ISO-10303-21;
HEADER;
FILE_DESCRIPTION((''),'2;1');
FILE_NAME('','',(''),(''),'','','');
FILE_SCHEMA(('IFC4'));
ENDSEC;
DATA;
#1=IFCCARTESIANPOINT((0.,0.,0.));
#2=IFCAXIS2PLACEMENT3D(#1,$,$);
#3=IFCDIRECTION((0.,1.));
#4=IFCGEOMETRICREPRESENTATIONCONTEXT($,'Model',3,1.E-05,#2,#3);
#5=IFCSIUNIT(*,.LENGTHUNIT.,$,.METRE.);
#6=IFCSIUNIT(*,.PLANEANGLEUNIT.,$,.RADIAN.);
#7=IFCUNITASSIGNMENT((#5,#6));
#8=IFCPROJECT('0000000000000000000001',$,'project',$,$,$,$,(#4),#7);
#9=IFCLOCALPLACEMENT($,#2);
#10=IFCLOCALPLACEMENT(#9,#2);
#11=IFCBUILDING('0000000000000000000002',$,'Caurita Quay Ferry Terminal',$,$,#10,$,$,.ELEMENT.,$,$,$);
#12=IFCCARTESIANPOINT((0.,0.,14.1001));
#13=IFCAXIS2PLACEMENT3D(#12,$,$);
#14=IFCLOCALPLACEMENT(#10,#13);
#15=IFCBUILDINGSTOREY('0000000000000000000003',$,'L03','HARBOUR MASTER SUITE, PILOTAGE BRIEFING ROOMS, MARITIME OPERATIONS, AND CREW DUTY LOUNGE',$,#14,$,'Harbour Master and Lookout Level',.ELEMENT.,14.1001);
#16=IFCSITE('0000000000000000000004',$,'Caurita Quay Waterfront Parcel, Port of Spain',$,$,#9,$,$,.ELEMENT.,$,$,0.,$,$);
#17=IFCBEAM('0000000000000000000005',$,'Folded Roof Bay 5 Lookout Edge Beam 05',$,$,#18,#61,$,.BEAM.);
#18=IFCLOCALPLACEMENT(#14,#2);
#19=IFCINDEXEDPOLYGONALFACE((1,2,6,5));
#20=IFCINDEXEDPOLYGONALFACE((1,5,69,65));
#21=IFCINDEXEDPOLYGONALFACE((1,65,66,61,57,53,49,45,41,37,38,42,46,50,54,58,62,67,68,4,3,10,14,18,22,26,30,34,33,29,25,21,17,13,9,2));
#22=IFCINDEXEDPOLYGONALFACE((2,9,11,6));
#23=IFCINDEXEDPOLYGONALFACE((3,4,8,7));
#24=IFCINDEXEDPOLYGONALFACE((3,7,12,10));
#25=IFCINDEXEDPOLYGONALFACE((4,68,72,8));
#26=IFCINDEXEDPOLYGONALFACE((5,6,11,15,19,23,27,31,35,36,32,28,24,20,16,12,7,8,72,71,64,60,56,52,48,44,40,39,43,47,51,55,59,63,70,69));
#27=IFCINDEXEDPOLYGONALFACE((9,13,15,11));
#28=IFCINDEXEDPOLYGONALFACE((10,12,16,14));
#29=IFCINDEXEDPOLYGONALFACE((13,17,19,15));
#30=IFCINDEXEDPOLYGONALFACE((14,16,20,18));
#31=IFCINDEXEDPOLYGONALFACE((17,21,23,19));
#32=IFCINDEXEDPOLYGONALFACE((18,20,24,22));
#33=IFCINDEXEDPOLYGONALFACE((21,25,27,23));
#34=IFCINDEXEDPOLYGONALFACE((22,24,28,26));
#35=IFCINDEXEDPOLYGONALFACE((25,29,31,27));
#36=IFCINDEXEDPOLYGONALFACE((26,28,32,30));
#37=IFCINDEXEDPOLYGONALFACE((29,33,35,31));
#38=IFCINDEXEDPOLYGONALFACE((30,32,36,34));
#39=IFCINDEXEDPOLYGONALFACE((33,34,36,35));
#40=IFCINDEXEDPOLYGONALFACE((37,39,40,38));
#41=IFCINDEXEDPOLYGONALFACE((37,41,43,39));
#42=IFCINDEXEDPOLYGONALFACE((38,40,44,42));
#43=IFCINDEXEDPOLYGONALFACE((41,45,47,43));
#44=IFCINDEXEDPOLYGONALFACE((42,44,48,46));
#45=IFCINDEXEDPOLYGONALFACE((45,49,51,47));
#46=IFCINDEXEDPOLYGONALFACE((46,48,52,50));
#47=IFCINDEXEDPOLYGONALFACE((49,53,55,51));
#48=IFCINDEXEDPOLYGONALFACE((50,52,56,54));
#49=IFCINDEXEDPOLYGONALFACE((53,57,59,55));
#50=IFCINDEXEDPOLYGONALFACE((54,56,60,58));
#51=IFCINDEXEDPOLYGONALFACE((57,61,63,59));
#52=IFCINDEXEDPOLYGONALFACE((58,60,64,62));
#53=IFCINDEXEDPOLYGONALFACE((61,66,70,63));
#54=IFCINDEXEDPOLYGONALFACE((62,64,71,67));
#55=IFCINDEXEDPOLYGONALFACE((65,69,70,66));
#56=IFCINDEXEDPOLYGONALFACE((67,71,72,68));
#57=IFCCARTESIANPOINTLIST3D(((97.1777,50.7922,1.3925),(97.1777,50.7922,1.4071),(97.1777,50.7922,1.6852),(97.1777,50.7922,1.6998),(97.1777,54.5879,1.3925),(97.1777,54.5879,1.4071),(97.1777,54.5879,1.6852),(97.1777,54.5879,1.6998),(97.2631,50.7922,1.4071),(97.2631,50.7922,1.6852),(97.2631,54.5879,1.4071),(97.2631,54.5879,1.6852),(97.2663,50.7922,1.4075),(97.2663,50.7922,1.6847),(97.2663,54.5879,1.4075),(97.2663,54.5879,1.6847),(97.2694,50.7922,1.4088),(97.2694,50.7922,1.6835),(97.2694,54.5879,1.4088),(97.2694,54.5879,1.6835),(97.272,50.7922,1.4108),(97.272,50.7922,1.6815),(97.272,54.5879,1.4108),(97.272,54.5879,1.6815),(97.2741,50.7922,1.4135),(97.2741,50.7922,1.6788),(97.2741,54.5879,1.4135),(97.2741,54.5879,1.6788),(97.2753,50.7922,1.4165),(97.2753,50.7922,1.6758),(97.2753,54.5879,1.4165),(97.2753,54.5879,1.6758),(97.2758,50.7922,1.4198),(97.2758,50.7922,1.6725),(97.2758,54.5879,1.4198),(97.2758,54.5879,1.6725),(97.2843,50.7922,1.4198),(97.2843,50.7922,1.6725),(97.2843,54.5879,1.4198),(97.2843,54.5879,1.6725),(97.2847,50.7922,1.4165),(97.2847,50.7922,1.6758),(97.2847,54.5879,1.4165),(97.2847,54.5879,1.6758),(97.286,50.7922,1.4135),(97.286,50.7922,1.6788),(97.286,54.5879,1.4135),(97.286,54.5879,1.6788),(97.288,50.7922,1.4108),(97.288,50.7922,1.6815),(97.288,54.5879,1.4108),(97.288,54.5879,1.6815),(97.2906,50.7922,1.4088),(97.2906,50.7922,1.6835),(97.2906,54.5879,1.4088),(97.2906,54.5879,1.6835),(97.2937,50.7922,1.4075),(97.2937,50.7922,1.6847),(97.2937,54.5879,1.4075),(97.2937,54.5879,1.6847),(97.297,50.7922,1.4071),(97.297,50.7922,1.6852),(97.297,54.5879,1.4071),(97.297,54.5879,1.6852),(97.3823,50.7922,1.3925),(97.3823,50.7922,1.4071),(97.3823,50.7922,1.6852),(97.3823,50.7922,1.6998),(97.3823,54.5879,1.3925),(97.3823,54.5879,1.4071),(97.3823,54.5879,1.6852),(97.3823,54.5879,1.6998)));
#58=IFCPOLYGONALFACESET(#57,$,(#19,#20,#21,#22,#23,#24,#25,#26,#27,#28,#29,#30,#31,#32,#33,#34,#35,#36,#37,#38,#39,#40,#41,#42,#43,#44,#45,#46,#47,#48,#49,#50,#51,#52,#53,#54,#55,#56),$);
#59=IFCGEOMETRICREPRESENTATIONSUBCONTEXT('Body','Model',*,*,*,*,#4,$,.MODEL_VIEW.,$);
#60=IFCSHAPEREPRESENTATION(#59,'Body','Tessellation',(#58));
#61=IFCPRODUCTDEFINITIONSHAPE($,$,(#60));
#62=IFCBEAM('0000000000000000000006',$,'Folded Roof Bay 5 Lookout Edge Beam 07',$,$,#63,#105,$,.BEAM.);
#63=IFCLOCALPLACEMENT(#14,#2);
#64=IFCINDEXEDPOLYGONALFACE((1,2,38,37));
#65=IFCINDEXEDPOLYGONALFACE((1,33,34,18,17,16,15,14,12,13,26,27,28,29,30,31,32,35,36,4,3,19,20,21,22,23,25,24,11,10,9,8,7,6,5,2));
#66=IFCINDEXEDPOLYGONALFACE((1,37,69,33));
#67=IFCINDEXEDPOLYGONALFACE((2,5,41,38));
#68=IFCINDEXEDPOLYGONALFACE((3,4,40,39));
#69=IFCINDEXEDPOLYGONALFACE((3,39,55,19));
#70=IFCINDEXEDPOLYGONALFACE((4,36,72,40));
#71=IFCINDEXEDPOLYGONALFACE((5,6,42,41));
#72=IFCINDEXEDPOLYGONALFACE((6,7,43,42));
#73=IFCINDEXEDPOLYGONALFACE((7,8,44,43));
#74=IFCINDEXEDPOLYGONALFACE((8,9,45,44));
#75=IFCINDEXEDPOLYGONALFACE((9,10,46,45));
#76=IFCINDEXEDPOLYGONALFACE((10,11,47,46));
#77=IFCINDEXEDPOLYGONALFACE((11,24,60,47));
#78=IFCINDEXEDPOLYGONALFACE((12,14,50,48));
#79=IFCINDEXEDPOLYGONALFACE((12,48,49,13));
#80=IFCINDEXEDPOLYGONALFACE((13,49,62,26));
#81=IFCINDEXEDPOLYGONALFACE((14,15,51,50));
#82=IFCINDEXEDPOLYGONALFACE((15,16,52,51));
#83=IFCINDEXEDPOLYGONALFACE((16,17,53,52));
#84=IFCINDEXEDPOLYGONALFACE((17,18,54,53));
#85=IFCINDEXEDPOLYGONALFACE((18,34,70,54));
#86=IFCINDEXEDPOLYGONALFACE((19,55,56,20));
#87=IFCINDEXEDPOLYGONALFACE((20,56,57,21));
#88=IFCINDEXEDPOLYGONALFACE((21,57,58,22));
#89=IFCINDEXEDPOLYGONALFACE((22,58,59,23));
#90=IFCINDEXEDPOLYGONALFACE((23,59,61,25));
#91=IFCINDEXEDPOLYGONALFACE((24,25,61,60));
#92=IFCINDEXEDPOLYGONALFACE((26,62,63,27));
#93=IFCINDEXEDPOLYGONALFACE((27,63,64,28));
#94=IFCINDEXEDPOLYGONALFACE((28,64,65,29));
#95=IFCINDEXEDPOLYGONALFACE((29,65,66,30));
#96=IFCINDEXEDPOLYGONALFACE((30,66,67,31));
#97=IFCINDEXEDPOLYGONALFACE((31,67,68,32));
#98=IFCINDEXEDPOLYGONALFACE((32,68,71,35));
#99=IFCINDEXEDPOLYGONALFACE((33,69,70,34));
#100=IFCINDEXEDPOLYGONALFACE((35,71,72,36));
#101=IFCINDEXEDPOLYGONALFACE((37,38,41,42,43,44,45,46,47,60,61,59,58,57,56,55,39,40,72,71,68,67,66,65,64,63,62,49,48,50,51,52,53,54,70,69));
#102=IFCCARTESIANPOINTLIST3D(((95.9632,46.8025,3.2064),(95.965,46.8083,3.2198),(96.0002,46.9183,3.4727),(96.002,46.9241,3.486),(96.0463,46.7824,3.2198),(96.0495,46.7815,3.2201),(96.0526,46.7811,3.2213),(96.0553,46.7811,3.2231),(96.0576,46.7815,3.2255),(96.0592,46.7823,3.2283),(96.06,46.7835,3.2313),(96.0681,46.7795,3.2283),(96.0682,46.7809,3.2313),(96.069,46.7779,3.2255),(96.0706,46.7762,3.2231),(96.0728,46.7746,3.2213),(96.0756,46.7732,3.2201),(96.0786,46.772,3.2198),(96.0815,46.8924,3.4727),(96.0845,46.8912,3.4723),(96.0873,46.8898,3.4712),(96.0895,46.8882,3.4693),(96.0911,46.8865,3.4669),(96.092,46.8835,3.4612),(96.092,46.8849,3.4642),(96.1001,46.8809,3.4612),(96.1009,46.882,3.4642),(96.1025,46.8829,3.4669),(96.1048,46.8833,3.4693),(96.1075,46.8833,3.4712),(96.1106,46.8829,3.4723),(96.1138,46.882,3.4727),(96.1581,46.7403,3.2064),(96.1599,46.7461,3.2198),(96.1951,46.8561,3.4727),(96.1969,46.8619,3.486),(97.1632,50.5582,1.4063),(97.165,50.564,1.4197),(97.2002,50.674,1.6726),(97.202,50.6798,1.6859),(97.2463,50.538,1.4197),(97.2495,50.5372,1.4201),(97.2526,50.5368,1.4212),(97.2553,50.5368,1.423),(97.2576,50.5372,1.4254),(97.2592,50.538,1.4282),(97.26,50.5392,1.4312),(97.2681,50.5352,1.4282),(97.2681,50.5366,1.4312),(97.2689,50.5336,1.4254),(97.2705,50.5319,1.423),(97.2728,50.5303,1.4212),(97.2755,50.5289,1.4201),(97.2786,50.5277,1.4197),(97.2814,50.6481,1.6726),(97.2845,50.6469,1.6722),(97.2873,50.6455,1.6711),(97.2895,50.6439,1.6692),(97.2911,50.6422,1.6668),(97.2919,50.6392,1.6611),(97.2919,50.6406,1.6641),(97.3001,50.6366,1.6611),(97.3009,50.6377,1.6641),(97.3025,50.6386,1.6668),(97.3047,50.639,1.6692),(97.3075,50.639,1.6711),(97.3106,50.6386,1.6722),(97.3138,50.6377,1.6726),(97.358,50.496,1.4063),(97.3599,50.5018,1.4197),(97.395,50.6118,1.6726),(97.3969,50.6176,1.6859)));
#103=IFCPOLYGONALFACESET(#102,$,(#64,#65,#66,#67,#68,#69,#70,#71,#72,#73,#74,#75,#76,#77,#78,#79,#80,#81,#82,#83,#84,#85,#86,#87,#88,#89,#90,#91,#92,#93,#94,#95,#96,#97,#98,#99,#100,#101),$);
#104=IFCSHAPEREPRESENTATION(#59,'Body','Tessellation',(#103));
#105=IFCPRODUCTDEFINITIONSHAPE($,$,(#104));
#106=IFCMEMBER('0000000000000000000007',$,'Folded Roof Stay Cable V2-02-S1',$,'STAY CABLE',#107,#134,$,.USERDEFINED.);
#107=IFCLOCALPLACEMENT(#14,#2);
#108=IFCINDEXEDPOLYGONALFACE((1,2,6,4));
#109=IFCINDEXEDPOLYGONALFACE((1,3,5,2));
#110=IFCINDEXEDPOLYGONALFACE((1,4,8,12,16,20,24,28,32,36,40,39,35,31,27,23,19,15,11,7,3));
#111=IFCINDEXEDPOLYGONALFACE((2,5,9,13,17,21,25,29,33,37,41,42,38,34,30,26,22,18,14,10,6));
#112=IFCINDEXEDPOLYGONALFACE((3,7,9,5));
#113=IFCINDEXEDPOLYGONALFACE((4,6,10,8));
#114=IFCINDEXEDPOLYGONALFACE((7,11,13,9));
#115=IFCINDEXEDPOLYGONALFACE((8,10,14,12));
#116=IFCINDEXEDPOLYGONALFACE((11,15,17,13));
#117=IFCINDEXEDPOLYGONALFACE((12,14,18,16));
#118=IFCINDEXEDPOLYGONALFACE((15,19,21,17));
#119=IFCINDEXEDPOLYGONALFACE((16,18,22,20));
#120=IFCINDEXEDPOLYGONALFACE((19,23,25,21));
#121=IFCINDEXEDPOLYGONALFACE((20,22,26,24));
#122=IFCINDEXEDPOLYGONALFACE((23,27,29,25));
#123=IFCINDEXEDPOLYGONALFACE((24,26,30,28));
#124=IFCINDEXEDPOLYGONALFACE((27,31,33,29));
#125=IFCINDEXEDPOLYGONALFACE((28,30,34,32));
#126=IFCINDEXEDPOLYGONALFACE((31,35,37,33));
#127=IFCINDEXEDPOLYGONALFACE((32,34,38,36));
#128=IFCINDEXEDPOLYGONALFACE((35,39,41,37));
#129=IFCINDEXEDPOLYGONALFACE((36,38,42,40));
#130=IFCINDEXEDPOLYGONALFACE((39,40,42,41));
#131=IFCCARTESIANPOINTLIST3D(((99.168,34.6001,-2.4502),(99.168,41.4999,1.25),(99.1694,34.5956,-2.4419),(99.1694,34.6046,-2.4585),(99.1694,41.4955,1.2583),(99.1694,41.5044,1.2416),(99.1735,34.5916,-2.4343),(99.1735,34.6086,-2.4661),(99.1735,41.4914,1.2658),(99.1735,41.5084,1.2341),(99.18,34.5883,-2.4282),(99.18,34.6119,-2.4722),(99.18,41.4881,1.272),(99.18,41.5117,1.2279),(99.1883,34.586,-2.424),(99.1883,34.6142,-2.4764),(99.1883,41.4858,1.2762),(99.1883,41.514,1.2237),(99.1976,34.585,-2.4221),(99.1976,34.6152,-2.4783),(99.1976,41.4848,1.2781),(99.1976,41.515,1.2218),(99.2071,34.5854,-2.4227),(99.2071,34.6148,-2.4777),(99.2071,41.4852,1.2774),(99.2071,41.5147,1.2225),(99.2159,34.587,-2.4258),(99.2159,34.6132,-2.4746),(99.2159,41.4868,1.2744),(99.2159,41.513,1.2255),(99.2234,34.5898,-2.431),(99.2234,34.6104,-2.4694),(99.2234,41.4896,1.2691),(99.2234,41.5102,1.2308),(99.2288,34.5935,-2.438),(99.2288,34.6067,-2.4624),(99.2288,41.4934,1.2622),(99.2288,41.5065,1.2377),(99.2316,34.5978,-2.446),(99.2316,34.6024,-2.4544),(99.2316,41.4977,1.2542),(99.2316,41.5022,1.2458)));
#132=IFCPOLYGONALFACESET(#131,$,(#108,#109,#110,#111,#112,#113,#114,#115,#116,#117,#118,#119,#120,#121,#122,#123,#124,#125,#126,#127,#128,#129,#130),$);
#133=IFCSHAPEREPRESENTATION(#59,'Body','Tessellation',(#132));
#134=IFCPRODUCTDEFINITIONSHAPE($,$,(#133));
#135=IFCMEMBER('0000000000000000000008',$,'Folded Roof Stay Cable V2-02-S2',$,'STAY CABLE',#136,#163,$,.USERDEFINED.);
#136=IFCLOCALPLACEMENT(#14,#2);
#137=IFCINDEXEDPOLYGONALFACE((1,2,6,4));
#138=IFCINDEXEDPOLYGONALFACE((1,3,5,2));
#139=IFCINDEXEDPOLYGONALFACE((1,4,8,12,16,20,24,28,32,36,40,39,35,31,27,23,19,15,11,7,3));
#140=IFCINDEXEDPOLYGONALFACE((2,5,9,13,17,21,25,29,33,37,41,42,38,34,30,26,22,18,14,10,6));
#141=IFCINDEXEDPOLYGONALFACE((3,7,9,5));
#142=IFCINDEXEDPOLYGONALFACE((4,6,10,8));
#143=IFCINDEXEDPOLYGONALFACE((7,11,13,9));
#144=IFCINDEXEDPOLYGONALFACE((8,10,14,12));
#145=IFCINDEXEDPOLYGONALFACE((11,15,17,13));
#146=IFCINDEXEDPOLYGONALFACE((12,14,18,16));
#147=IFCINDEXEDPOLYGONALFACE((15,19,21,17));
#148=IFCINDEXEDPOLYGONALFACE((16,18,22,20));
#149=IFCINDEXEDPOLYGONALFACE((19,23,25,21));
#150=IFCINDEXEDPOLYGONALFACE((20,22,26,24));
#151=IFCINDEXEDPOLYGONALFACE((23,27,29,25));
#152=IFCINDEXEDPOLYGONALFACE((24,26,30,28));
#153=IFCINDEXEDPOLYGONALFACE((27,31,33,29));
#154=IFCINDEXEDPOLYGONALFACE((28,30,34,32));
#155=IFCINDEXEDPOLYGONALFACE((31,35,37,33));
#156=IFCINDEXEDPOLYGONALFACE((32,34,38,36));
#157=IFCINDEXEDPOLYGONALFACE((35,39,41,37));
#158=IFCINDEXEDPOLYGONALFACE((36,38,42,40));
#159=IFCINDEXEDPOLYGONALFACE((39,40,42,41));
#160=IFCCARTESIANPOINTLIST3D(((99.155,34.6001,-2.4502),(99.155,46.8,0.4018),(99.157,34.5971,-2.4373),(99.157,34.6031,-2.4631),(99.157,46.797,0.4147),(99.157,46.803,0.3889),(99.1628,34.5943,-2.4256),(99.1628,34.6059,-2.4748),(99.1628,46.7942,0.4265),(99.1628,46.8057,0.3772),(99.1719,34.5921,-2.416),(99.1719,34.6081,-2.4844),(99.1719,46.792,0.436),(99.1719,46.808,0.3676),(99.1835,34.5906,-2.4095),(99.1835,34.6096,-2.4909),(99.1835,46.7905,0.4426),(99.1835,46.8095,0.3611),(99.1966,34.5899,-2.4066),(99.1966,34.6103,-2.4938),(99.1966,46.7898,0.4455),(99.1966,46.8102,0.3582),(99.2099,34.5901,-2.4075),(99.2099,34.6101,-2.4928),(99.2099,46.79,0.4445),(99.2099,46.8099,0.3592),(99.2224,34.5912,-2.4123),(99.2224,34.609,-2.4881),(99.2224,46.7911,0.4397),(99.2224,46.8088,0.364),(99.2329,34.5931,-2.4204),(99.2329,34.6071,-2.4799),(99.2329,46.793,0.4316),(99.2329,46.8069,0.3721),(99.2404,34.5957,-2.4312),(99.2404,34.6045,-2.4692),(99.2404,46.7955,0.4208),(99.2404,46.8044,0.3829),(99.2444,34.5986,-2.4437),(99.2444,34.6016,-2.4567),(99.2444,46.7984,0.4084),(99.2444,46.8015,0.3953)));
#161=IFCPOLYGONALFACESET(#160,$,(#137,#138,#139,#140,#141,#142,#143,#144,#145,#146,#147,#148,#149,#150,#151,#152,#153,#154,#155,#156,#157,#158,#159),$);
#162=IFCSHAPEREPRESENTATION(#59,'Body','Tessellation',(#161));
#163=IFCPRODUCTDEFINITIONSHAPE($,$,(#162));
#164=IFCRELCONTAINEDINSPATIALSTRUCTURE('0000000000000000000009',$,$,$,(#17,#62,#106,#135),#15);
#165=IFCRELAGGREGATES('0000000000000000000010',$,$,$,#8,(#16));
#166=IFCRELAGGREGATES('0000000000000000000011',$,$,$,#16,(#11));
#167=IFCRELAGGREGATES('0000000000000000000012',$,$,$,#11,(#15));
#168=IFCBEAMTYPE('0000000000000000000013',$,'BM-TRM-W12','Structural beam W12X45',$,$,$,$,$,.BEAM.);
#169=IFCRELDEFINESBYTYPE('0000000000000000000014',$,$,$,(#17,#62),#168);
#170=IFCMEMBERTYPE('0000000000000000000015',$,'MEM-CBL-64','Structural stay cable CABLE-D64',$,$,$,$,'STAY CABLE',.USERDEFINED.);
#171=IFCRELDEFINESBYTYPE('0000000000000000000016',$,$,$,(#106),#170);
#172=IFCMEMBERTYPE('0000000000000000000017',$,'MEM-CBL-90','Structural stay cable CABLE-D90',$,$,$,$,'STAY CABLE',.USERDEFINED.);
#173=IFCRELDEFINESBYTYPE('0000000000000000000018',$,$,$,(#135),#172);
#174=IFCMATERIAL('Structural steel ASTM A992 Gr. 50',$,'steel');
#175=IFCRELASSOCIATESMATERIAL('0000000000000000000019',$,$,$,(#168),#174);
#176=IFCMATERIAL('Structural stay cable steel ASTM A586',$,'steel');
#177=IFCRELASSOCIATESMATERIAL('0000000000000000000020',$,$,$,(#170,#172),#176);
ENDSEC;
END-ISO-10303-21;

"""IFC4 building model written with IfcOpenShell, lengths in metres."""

from ifc_helpers import new_model, si_unit, direction, frame, origin, origin_2d, place, context, subcontext, project, spatial, circle, i_section, extrude, material, material_profile, profile_set, type_object, element, save


model = new_model("IFC4")

# Units and contexts
model_context = context("Model", 3, precision=1e-05, world=origin(), true_north=direction((0.0, 1.0)))
body_context = subcontext(model_context, "Body", "Model", "MODEL_VIEW")
ifc_project = project(units=[si_unit("LENGTHUNIT", "METRE"), si_unit("PLANEANGLEUNIT", "RADIAN")], contexts=[model_context])

# Site, building, storey
site_placement = place(None, origin())
site = spatial("IfcSite", under=ifc_project, at=site_placement, Name="Caurita Quay Waterfront Parcel, Port of Spain", CompositionType="ELEMENT", RefElevation=0.0)
building_placement = place(site_placement, origin())
building = spatial("IfcBuilding", under=site, at=building_placement, Name="Caurita Quay Ferry Terminal", CompositionType="ELEMENT")
storey_placement = place(building_placement, frame((0.0, 0.0, 14.1001)))
storey = spatial("IfcBuildingStorey", under=building, at=storey_placement, Name="L03", Description="HARBOUR MASTER SUITE, PILOTAGE BRIEFING ROOMS, MARITIME OPERATIONS, AND CREW DUTY LOUNGE", LongName="Harbour Master and Lookout Level", CompositionType="ELEMENT", Elevation=14.1001)

# Beams
ifc_material_1 = material(Name="Structural steel ASTM A992 Gr. 50", Category="steel")
ifc_material_profile_1 = material_profile(ifc_material_1, i_section(OverallWidth=0.2046, OverallDepth=0.3074, WebThickness=0.0085, FlangeThickness=0.0146, FilletRadius=0.0127, at=origin_2d()), Name="W12X45")
ifc_profile_set_1 = profile_set([ifc_material_profile_1], Name="Structural steel ASTM A992 Gr. 50")
beam_type_1 = type_object("IfcBeamType", Name="BM-TRM-W12", Description="Structural beam W12X45", PredefinedType="BEAM", material=ifc_profile_set_1)
beam_1_placement = place(storey_placement, frame((97.28, 54.5879, 1.5461), z_axis=(0.0, -1.0, 0.0), x_axis=(1.0, 0.0, 0.0)))
element("IfcBeam", 1, at=beam_1_placement, inside=storey, type_object=beam_type_1, Name="Folded Roof Bay 5 Lookout Edge Beam 05", PredefinedType="BEAM", context=body_context, shape_type="SweptSolid", body=[
    extrude(i_section(OverallWidth=0.2046, OverallDepth=0.3074, WebThickness=0.0085, FlangeThickness=0.0146, FilletRadius=0.0127, at=origin_2d()), origin(), (0.0, 0.0, 1.0), 3.7957),
])
beam_2_placement = place(storey_placement, frame((97.28, 50.5879, 1.5461), z_axis=(-0.276861, -0.866521, 0.415319), x_axis=(0.95256, -0.304351, 0.0)))
element("IfcBeam", 2, at=beam_2_placement, inside=storey, type_object=beam_type_1, Name="Folded Roof Bay 5 Lookout Edge Beam 07", PredefinedType="BEAM", context=body_context, shape_type="SweptSolid", body=[
    extrude(i_section(OverallWidth=0.2046, OverallDepth=0.3074, WebThickness=0.0085, FlangeThickness=0.0146, FilletRadius=0.0127, at=origin_2d()), origin(), (0.0, 0.0, 1.0), 4.3342),
])

# Members
ifc_material_2 = material(Name="Structural stay cable steel ASTM A586", Category="steel")
ifc_material_profile_2 = material_profile(ifc_material_2, circle(Radius=0.032, at=origin_2d()), Name="CABLE-D64")
ifc_profile_set_2 = profile_set([ifc_material_profile_2], Name="Structural stay cable steel ASTM A586")
member_type_1 = type_object("IfcMemberType", Name="MEM-CBL-64", Description="Structural stay cable CABLE-D64", ElementType="STAY CABLE", PredefinedType="USERDEFINED", material=ifc_profile_set_2)
member_1_placement = place(storey_placement, frame((99.2, 34.6001, -2.4502), z_axis=(0.0, 0.881277, 0.4726), x_axis=(-1.0, 0.0, 0.0)))
element("IfcMember", 3, at=member_1_placement, inside=storey, type_object=member_type_1, Name="Folded Roof Stay Cable V2-02-S1", ObjectType="STAY CABLE", PredefinedType="USERDEFINED", context=body_context, shape_type="SweptSolid", body=[
    extrude(circle(Radius=0.032, at=origin_2d()), origin(), (0.0, 0.0, 1.0), 7.8293),
])
ifc_material_profile_3 = material_profile(ifc_material_2, circle(Radius=0.0449, at=origin_2d()), Name="CABLE-D90")
ifc_profile_set_3 = profile_set([ifc_material_profile_3], Name="Structural stay cable steel ASTM A586")
member_type_2 = type_object("IfcMemberType", Name="MEM-CBL-90", Description="Structural stay cable CABLE-D90", ElementType="STAY CABLE", PredefinedType="USERDEFINED", material=ifc_profile_set_3)
member_2_placement = place(storey_placement, frame((99.2, 34.6001, -2.4502), z_axis=(0.0, 0.973746, 0.227638), x_axis=(-1.0, 0.0, 0.0)))
element("IfcMember", 4, at=member_2_placement, inside=storey, type_object=member_type_2, Name="Folded Roof Stay Cable V2-02-S2", ObjectType="STAY CABLE", PredefinedType="USERDEFINED", context=body_context, shape_type="SweptSolid", body=[
    extrude(circle(Radius=0.0449, at=origin_2d()), origin(), (0.0, 0.0, 1.0), 12.5288),
])

save(model, "model.ifc")
